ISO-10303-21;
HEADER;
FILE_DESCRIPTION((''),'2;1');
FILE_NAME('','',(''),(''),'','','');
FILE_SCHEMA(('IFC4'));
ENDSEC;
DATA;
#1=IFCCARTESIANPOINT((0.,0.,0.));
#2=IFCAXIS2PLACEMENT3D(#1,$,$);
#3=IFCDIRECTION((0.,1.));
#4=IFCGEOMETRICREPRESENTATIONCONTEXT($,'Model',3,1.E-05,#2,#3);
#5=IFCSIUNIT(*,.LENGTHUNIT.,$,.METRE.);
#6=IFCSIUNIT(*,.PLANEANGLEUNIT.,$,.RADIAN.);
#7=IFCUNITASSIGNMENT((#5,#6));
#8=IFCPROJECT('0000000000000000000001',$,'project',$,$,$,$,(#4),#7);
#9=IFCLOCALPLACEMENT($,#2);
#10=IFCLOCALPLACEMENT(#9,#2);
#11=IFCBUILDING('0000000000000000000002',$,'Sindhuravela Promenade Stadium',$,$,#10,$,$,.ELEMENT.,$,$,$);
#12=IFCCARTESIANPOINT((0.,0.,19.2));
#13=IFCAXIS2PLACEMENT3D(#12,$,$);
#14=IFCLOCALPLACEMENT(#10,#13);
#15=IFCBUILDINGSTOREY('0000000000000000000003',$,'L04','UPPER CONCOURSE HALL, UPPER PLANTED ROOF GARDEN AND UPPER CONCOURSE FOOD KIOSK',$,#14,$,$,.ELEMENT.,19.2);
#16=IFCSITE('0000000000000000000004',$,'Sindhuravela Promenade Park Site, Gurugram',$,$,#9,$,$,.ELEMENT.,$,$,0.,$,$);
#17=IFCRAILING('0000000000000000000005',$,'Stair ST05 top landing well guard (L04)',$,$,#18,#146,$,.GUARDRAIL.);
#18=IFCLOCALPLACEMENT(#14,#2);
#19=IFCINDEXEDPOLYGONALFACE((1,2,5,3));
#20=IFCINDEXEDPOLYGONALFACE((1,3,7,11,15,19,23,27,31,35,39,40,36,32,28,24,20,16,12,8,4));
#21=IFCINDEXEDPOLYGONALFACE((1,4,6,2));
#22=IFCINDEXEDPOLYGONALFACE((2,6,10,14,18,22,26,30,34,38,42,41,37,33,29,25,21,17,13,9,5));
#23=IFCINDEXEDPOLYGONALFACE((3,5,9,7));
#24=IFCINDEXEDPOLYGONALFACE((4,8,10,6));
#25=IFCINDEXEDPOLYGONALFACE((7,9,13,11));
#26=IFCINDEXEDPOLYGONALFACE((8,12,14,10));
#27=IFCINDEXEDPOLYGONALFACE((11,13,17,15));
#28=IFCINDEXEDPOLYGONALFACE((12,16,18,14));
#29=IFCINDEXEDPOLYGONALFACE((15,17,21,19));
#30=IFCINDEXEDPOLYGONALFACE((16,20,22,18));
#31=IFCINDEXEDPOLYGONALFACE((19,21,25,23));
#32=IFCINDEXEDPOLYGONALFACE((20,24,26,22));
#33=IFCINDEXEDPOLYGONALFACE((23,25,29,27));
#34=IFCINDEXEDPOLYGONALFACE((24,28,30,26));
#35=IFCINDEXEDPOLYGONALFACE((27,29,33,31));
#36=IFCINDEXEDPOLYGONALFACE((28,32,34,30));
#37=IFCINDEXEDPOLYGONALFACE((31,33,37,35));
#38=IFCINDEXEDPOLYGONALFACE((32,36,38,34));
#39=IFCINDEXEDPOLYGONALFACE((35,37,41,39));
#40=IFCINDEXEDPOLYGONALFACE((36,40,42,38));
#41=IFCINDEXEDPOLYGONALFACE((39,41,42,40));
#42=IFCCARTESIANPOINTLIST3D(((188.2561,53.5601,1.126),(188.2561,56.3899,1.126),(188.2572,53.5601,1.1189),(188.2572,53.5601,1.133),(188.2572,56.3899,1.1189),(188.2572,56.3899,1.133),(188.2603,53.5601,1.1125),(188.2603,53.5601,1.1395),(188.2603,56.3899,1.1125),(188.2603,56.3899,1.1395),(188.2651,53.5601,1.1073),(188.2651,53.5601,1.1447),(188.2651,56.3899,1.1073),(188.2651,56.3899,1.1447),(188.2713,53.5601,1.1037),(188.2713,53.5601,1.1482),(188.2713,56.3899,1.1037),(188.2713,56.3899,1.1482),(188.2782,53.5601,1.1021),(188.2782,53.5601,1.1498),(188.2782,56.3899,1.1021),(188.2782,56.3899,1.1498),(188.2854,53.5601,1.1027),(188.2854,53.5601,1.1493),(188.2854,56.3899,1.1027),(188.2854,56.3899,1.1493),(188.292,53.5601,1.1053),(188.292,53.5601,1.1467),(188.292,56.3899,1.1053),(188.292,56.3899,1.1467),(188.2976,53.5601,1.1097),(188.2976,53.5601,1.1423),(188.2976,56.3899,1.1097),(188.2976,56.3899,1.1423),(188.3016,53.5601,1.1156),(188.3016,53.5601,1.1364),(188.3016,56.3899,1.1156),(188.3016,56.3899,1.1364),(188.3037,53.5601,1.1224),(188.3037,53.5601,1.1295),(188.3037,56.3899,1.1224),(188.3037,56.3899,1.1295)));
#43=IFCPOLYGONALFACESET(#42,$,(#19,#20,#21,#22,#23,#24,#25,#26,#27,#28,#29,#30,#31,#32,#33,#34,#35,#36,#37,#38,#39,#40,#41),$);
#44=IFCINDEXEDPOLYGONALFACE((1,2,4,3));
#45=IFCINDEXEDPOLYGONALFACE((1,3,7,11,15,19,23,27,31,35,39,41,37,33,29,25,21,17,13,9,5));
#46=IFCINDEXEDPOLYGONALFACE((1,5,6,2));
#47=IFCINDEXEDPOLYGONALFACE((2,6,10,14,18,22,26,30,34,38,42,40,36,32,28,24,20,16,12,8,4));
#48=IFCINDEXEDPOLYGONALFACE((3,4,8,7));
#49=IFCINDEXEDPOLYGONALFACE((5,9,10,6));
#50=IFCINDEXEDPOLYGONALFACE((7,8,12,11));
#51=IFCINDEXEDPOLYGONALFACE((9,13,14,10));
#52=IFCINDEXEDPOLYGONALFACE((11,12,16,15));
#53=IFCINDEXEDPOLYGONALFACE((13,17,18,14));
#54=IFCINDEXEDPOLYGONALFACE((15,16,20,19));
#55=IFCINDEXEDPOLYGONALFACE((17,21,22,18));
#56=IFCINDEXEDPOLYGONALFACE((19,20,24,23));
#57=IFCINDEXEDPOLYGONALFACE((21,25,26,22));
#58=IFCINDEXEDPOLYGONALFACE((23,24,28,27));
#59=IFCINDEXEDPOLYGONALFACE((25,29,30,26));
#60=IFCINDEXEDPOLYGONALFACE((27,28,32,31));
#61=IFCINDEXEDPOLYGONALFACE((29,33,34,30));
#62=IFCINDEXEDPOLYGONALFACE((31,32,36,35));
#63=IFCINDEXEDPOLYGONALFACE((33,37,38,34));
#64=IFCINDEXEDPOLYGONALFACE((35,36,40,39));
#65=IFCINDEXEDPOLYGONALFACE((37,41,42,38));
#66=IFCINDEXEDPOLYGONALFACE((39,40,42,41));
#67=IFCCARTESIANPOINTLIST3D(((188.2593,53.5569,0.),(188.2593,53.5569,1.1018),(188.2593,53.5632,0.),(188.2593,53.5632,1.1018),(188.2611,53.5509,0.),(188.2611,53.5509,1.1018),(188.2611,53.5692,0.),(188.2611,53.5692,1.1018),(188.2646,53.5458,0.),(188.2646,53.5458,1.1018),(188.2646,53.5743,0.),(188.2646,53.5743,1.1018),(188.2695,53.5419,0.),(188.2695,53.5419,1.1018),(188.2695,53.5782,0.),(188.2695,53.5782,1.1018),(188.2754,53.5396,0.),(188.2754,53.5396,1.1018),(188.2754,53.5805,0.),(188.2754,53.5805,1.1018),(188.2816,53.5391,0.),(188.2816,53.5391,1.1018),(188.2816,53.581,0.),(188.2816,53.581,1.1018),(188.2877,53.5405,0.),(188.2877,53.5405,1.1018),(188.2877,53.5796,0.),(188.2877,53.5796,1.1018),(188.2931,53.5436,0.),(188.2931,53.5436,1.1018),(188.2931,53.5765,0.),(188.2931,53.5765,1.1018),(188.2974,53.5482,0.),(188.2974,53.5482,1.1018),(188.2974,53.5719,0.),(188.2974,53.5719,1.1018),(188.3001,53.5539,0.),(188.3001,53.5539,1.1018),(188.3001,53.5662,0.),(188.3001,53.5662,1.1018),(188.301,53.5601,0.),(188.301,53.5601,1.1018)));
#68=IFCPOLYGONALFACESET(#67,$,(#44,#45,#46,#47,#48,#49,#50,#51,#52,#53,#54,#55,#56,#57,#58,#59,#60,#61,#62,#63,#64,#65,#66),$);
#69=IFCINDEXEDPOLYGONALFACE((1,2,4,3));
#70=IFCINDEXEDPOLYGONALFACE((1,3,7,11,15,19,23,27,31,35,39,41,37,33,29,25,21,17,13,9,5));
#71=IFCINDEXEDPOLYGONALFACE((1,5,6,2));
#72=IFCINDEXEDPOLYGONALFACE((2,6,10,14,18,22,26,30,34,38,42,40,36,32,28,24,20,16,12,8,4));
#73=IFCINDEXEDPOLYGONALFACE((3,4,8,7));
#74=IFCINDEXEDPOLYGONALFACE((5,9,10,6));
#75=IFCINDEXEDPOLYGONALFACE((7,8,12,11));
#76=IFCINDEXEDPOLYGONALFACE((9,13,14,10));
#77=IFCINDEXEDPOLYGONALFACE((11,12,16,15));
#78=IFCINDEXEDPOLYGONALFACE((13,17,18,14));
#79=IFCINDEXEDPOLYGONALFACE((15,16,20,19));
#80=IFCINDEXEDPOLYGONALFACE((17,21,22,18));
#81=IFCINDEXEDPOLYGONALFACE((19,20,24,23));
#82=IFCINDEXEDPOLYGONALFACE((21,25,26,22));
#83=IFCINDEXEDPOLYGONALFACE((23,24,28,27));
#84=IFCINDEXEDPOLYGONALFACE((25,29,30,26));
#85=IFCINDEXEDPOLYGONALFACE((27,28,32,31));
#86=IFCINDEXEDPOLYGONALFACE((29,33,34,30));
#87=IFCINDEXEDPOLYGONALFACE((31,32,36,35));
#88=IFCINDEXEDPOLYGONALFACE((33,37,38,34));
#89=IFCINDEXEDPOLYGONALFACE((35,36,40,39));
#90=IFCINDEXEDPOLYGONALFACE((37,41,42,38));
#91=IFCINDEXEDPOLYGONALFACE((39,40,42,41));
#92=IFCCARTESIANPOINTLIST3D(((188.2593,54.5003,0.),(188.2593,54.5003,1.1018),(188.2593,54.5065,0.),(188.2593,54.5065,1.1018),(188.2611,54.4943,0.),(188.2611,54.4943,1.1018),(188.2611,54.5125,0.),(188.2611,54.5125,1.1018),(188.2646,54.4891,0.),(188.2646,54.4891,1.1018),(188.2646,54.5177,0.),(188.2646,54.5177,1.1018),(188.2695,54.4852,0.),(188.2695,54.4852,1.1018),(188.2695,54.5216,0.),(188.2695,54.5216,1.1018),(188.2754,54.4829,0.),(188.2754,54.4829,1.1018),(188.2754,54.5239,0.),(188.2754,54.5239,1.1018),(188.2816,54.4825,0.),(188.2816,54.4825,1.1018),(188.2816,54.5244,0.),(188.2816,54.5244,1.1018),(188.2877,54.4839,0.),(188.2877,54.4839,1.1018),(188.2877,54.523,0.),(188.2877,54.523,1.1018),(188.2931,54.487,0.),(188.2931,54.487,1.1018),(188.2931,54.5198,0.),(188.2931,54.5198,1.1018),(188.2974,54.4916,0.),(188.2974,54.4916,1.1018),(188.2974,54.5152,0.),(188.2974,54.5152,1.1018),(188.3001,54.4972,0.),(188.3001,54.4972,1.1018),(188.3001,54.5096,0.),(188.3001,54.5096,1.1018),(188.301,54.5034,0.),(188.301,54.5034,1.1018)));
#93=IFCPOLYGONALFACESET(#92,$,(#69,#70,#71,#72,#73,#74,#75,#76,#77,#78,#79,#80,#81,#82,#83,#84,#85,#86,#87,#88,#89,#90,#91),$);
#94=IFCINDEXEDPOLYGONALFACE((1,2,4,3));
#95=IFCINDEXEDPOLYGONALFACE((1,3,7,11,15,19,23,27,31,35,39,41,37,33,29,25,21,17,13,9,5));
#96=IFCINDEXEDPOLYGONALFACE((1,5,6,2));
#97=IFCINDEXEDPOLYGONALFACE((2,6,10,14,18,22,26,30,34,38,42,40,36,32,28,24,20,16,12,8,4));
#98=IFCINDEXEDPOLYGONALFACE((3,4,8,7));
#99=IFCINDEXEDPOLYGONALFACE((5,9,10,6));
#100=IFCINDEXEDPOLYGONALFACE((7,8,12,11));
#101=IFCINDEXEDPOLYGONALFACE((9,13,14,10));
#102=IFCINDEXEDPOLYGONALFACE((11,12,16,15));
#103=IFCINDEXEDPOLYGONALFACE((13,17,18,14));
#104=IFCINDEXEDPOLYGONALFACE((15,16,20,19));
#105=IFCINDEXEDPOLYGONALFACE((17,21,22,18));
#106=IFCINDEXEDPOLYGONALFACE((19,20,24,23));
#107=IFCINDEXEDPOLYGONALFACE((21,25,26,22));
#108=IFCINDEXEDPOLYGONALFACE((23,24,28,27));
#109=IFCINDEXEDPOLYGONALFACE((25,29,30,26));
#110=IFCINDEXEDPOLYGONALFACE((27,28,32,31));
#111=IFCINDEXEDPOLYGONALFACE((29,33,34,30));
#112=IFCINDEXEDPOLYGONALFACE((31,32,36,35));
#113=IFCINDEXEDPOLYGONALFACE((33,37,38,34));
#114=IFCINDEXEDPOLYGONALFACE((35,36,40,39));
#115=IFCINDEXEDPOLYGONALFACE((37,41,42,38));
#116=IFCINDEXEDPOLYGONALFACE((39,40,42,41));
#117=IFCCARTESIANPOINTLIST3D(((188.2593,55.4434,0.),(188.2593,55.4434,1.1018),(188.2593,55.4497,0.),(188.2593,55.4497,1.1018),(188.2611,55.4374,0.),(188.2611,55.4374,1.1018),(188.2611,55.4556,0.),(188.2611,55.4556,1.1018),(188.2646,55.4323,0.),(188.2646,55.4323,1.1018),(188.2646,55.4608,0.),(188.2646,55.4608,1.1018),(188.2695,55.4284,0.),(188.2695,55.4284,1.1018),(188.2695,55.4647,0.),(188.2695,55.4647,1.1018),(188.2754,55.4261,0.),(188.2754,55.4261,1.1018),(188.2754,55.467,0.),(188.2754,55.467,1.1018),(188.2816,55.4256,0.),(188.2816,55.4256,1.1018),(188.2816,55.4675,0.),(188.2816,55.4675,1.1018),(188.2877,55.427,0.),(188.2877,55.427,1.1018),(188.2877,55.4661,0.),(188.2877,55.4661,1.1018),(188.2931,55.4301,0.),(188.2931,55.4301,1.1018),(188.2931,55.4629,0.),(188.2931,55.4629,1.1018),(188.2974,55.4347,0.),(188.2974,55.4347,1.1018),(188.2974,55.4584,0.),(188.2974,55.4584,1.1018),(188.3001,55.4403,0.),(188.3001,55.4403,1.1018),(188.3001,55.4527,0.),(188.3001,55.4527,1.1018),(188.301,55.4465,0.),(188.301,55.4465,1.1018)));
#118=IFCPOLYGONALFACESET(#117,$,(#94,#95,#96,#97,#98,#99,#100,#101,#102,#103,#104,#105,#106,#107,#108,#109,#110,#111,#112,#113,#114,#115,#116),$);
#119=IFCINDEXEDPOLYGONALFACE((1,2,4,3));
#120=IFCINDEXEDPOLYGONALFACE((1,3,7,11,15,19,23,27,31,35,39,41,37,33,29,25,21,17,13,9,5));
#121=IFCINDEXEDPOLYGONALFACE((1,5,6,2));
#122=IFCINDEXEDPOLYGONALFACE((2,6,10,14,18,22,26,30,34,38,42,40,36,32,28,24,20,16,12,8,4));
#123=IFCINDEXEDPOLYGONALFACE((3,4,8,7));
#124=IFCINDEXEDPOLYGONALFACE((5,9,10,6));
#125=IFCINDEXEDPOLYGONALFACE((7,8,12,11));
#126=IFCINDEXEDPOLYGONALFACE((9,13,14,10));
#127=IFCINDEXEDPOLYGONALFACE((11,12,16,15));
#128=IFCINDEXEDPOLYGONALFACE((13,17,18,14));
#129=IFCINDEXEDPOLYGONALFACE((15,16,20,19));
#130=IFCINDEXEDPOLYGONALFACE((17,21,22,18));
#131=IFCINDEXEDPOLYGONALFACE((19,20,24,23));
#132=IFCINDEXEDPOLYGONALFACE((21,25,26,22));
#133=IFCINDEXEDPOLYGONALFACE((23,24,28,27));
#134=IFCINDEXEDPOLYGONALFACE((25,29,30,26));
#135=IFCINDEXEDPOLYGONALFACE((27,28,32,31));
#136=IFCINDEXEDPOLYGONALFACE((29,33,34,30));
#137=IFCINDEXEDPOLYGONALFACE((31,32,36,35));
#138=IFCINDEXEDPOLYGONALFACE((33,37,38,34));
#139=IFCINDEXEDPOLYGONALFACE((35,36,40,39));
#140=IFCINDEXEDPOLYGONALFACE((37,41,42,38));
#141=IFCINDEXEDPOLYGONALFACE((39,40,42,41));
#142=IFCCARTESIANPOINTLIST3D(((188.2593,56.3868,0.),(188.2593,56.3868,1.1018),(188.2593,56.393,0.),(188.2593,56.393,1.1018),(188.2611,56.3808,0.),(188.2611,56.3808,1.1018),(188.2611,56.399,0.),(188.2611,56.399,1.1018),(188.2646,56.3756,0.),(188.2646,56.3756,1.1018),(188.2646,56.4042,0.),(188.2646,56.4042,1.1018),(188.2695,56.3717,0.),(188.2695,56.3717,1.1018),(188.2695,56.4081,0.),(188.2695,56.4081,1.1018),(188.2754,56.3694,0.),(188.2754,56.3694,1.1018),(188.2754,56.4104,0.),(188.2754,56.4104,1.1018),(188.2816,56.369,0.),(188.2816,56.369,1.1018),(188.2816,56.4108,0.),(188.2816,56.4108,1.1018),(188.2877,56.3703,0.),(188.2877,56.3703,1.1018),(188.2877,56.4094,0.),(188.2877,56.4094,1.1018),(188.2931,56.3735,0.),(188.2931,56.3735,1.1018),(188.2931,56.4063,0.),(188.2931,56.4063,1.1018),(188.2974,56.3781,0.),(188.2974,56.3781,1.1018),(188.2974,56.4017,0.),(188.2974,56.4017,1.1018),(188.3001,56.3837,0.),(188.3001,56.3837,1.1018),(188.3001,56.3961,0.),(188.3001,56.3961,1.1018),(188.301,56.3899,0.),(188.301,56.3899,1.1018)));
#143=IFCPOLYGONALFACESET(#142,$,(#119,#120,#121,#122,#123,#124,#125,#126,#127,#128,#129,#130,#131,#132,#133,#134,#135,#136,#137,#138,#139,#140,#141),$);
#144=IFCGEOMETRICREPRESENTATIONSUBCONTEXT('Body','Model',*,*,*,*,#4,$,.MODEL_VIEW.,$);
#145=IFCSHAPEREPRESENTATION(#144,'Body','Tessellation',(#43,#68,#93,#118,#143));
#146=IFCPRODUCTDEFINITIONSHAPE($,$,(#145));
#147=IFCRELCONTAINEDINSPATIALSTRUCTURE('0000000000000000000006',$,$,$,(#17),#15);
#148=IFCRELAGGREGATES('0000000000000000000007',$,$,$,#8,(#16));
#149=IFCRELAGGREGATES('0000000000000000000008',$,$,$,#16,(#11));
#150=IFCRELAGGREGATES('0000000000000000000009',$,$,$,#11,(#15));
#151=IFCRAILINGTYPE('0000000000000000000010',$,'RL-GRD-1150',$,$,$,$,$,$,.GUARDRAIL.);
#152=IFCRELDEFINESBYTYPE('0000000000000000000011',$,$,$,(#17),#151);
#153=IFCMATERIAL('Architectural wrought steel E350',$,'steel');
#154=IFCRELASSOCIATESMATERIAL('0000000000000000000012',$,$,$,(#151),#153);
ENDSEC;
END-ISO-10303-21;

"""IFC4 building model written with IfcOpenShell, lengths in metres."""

from ifc_helpers import new_model, si_unit, direction, frame, origin, origin_2d, place, context, subcontext, project, spatial, circle, extrude, material, type_object, element, save


model = new_model("IFC4")

# Units and contexts
model_context = context("Model", 3, precision=1e-05, world=origin(), true_north=direction((0.0, 1.0)))
body_context = subcontext(model_context, "Body", "Model", "MODEL_VIEW")
ifc_project = project(units=[si_unit("LENGTHUNIT", "METRE"), si_unit("PLANEANGLEUNIT", "RADIAN")], contexts=[model_context])

# Site, building, storey
site_placement = place(None, origin())
site = spatial("IfcSite", under=ifc_project, at=site_placement, Name="Sindhuravela Promenade Park Site, Gurugram", CompositionType="ELEMENT", RefElevation=0.0)
building_placement = place(site_placement, origin())
building = spatial("IfcBuilding", under=site, at=building_placement, Name="Sindhuravela Promenade Stadium", CompositionType="ELEMENT")
storey_placement = place(building_placement, frame((0.0, 0.0, 19.2)))
storey = spatial("IfcBuildingStorey", under=building, at=storey_placement, Name="L04", Description="UPPER CONCOURSE HALL, UPPER PLANTED ROOF GARDEN AND UPPER CONCOURSE FOOD KIOSK", CompositionType="ELEMENT", Elevation=19.2)

# Shared definitions
ifc_material_1 = material(Name="Architectural wrought steel E350", Category="steel")

# Railing
railing_type = type_object("IfcRailingType", Name="RL-GRD-1150", PredefinedType="GUARDRAIL", material=ifc_material_1)
railing_1_placement = place(storey_placement, frame((188.28, 53.5601, 0.0)))
element("IfcRailing", 1, at=railing_1_placement, inside=storey, type_object=railing_type, Name="Stair ST05 top landing well guard (L04)", PredefinedType="GUARDRAIL", context=body_context, shape_type="SweptSolid", body=[
    extrude(circle(Radius=0.0239, at=origin_2d()), frame((0.0, 0.0, 1.126), z_axis=(0.0, 1.0, 0.0), x_axis=(-1.0, 0.0, 0.0)), (0.0, 0.0, 1.0), 2.8298),
    extrude(circle(Radius=0.021, at=origin_2d()), origin(), (0.0, 0.0, 1.0), 1.1018),
    extrude(circle(Radius=0.021, at=origin_2d()), frame((0.0, 0.9434, 0.0)), (0.0, 0.0, 1.0), 1.1018),
    extrude(circle(Radius=0.021, at=origin_2d()), frame((0.0, 1.8865, 0.0)), (0.0, 0.0, 1.0), 1.1018),
    extrude(circle(Radius=0.021, at=origin_2d()), frame((0.0, 2.8298, 0.0)), (0.0, 0.0, 1.0), 1.1018),
])

save(model, "model.ifc")
